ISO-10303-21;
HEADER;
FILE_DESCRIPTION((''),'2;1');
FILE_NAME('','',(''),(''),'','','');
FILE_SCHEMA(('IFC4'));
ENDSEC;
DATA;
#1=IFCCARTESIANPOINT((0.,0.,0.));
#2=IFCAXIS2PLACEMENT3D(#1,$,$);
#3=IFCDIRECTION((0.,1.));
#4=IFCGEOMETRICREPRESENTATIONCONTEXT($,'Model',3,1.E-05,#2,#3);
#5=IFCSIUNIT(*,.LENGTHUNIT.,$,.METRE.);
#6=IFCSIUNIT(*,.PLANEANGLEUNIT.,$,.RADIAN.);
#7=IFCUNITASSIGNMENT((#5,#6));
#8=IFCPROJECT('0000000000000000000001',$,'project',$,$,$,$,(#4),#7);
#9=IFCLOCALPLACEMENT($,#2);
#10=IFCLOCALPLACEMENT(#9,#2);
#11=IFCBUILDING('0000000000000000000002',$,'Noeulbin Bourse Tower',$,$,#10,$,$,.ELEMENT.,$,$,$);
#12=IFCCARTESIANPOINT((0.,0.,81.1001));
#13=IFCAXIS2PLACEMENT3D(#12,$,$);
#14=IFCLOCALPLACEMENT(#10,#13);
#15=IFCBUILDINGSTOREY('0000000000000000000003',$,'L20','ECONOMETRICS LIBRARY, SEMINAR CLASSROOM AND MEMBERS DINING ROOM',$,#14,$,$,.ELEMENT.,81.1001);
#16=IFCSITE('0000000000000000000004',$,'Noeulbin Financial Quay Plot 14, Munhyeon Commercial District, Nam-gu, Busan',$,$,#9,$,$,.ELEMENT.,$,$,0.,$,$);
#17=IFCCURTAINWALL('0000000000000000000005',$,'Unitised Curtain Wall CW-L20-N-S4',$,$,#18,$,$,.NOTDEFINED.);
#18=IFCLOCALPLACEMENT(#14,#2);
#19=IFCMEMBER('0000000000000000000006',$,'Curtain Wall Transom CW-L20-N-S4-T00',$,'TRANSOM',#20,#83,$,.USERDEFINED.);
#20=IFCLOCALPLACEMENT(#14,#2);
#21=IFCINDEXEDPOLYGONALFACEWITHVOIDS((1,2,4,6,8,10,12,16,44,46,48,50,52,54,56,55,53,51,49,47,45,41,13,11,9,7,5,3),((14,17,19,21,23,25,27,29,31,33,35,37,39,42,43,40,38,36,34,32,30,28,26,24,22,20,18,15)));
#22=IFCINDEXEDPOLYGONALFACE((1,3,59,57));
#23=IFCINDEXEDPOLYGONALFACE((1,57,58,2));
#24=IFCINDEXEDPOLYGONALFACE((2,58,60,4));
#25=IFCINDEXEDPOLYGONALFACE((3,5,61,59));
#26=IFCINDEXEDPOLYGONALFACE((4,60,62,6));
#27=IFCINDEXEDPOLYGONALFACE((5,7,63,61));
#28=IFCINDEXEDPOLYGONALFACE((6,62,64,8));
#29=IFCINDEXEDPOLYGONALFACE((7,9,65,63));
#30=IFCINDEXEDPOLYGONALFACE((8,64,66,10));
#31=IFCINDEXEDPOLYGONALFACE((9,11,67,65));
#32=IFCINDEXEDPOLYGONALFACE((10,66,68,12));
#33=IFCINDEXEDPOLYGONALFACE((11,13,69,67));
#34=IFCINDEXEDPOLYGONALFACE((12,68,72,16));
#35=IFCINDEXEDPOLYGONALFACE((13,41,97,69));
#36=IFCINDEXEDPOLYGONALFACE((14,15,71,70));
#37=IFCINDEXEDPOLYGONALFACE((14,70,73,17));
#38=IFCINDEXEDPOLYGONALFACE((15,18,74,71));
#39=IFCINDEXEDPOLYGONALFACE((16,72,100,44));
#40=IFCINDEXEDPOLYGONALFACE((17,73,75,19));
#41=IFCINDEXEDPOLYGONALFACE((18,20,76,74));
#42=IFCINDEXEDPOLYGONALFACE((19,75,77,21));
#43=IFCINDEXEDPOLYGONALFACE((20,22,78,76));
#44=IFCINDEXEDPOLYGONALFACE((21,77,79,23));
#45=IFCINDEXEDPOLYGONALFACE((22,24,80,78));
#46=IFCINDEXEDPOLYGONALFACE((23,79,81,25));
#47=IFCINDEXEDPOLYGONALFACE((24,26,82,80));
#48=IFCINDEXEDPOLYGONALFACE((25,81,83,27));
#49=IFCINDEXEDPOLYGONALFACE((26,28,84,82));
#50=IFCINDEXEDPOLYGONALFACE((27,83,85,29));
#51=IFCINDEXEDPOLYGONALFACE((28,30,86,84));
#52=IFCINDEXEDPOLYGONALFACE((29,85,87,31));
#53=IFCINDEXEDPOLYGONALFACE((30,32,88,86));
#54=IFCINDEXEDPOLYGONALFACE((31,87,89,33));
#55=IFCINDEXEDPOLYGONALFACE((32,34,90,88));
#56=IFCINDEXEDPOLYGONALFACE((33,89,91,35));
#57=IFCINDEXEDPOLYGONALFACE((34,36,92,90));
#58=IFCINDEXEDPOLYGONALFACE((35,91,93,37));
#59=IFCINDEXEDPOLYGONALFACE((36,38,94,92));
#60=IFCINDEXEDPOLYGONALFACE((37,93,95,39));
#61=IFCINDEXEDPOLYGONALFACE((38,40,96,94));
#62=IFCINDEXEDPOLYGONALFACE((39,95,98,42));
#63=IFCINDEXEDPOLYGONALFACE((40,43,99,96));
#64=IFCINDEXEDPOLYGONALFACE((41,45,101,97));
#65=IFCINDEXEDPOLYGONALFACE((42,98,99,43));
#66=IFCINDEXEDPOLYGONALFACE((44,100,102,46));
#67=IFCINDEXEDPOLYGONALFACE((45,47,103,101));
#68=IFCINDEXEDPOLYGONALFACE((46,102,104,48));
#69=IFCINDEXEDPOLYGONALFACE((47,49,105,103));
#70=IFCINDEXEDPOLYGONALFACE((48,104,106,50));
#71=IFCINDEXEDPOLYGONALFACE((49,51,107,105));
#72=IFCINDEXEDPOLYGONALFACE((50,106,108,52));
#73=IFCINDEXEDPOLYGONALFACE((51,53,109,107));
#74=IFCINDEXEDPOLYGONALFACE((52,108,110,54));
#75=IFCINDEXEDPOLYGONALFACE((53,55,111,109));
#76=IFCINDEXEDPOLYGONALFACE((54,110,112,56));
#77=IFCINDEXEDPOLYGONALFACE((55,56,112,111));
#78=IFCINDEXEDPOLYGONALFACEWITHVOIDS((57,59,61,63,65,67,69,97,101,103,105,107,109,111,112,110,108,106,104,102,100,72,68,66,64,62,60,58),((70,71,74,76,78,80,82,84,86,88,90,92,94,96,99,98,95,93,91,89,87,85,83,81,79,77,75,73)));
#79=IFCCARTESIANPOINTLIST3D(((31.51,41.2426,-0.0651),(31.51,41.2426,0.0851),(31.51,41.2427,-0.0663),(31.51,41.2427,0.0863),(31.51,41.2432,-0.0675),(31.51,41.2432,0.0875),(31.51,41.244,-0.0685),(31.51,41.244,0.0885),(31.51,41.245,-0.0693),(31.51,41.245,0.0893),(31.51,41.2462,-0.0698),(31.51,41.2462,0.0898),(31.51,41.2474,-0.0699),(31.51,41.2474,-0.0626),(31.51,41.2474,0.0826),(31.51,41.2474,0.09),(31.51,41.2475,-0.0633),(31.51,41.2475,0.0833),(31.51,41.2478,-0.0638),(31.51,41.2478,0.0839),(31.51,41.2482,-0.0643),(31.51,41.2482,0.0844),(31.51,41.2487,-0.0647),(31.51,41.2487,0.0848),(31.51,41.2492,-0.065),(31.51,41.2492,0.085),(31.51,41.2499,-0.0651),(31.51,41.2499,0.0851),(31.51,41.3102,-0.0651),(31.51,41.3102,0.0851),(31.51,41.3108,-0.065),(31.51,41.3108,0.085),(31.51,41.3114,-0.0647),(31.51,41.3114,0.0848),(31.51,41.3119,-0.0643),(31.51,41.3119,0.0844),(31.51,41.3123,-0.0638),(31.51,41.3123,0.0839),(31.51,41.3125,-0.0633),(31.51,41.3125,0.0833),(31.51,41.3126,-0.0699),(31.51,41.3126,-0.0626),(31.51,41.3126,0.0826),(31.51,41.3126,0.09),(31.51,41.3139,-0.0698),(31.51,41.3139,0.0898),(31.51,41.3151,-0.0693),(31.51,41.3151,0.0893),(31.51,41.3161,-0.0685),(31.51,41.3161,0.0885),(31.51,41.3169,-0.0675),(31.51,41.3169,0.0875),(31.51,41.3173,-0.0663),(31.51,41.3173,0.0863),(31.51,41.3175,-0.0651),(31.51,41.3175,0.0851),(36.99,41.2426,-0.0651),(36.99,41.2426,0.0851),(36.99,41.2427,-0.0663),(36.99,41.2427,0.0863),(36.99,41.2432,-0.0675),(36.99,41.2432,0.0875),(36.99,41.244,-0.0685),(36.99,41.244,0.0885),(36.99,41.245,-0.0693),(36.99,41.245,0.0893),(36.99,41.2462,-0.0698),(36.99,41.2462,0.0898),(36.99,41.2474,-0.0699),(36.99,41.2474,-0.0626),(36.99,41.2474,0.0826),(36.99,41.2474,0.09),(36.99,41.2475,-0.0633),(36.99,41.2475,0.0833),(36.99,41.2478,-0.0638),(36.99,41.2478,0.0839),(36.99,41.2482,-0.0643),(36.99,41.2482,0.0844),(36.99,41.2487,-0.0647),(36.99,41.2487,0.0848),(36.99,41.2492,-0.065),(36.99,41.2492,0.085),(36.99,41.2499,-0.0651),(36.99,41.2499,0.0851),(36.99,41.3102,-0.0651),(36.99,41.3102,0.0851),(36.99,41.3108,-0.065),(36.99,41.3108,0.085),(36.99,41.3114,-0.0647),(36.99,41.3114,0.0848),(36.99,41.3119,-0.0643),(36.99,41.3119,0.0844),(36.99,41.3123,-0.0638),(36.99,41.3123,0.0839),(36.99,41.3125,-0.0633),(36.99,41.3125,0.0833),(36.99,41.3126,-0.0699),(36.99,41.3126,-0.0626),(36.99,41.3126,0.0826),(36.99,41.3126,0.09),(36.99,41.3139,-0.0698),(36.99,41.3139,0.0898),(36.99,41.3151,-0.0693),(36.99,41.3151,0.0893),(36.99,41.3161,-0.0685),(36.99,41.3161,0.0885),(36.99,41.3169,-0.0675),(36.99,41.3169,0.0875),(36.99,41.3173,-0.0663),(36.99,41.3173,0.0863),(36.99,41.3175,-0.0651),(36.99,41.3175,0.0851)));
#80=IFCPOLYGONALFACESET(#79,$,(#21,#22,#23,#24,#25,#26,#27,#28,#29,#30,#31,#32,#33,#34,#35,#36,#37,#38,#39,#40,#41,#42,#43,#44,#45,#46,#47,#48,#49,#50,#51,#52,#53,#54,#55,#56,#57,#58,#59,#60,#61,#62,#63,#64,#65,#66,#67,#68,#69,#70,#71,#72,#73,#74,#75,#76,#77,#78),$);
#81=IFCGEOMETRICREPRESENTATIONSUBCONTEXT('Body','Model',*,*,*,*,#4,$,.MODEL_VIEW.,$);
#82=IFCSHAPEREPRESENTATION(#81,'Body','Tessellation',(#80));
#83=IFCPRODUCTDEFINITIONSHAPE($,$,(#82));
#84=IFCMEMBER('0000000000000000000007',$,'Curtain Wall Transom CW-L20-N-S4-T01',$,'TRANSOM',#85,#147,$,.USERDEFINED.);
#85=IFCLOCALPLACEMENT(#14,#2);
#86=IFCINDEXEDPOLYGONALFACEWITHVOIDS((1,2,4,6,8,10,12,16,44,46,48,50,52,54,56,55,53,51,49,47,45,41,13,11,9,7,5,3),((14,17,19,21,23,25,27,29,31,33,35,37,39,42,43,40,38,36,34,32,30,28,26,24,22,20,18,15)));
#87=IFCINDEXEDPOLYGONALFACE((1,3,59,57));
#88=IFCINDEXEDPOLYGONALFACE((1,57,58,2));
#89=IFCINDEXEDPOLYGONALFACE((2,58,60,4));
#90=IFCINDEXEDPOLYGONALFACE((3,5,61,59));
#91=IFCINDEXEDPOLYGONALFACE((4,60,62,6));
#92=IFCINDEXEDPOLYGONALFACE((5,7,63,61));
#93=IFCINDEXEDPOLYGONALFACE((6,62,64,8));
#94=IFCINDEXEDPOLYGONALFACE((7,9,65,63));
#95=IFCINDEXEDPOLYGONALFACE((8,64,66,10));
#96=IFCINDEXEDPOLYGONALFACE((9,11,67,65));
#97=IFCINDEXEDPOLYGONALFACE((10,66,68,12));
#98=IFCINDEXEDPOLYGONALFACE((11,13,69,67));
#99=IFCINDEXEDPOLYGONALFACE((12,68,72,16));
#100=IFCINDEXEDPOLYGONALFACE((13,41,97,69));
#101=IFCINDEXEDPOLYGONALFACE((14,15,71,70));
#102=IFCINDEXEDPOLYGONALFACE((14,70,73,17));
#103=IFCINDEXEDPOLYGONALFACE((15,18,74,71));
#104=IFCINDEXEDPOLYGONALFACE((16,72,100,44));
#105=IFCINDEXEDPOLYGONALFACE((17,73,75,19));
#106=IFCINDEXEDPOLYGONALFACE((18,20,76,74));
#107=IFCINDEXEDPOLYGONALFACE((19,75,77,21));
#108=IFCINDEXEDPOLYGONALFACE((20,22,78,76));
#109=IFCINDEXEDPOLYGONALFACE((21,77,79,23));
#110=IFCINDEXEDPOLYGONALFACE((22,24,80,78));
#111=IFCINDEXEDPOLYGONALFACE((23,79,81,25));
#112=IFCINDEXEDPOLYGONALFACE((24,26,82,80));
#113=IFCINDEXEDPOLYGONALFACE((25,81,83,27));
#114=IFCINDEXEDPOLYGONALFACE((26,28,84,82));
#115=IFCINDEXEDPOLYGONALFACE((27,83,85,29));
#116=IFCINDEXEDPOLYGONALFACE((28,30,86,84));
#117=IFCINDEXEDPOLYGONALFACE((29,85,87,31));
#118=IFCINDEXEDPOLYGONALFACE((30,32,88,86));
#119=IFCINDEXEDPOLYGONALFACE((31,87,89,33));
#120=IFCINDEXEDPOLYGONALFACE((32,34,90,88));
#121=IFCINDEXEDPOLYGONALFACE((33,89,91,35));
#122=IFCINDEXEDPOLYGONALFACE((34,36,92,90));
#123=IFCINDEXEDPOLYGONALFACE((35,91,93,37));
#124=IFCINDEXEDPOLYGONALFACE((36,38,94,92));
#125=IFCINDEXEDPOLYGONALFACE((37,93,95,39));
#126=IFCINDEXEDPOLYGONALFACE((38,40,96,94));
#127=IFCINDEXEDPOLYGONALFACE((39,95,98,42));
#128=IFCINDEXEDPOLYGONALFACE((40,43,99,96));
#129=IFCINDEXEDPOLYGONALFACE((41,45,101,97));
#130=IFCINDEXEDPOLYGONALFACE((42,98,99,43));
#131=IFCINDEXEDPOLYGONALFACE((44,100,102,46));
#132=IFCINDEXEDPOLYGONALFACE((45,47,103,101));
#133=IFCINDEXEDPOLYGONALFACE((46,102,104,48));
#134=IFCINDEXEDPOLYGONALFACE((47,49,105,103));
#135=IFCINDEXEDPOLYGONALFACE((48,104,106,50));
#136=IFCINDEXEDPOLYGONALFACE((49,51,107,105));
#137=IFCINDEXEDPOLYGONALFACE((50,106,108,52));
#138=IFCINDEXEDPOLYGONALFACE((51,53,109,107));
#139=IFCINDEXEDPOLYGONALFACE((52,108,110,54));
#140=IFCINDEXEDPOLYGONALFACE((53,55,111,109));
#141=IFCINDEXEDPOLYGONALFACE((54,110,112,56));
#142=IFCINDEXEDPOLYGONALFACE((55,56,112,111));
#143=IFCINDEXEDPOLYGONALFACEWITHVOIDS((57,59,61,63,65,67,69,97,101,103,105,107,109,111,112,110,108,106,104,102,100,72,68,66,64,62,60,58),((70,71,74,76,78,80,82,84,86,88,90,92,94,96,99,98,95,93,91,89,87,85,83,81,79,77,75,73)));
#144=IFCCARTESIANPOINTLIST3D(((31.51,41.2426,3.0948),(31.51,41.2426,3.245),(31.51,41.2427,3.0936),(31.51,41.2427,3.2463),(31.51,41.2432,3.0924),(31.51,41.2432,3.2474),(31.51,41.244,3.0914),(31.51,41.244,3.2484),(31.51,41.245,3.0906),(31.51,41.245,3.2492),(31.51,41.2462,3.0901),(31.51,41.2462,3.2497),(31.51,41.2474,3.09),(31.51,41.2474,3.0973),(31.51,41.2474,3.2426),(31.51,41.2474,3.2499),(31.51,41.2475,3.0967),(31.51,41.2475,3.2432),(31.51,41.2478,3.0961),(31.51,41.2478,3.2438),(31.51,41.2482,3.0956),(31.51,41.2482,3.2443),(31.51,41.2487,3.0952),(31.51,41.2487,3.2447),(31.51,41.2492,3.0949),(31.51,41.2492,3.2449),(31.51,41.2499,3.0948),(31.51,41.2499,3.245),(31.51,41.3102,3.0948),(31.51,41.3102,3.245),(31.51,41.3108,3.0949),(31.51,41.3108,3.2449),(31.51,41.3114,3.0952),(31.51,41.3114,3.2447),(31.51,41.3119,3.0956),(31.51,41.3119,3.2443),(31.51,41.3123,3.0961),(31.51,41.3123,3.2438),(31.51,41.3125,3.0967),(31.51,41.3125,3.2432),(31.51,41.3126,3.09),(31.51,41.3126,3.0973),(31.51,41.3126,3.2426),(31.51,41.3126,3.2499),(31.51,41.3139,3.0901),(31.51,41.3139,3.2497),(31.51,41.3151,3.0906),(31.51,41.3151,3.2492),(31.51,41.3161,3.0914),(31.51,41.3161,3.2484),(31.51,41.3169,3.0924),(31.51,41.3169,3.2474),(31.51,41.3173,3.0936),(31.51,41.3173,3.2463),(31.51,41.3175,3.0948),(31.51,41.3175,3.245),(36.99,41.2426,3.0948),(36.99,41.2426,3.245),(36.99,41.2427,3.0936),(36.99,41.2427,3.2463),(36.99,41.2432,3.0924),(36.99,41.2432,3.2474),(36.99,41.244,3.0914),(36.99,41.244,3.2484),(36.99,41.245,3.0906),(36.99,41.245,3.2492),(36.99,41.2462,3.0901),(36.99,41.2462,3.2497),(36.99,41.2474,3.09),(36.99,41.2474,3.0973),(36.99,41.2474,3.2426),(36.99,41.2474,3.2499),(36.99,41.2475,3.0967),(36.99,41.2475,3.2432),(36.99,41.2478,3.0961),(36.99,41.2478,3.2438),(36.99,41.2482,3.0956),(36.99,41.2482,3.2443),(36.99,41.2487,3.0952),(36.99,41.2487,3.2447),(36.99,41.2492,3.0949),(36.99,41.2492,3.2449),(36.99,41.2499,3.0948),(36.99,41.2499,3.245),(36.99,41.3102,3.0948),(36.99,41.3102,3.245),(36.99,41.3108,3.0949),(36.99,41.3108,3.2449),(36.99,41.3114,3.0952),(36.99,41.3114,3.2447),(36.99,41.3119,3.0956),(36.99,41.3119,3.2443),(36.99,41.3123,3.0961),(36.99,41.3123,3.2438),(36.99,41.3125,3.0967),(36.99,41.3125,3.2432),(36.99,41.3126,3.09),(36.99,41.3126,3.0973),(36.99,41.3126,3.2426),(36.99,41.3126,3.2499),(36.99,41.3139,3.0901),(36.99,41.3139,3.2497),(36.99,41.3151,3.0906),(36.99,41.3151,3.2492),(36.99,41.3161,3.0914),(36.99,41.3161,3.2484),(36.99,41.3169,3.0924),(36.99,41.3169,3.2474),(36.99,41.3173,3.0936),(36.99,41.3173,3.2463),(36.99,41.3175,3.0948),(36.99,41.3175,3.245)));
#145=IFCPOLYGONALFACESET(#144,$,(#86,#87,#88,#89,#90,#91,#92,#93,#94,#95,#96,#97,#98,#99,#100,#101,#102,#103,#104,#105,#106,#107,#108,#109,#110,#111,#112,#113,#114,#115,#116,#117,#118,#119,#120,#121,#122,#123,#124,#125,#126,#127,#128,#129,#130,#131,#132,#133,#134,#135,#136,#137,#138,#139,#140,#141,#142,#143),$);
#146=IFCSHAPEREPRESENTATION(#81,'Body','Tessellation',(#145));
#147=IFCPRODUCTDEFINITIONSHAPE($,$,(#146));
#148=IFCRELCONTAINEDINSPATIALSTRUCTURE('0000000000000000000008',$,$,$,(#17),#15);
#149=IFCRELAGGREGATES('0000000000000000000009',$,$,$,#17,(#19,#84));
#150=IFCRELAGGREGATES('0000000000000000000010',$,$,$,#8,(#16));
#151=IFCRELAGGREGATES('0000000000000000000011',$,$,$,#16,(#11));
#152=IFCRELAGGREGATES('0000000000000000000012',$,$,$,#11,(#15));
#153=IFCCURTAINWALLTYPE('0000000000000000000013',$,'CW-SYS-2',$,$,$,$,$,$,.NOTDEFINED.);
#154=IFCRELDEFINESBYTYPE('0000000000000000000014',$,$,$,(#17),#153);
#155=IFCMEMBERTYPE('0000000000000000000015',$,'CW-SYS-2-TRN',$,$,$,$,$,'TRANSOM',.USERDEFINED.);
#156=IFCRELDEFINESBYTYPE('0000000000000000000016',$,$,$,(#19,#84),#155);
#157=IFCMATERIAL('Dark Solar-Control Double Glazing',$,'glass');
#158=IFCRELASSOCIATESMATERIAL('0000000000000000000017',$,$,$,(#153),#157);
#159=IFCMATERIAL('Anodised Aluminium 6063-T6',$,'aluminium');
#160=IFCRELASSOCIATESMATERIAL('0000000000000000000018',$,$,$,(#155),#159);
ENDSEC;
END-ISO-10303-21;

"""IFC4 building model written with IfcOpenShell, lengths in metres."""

from ifc_helpers import new_model, si_unit, direction, frame, origin, origin_2d, place, context, subcontext, project, spatial, hollow_rectangle, extrude, material, material_profile, profile_set, type_object, element, aggregate, save


model = new_model("IFC4")

# Units and contexts
model_context = context("Model", 3, precision=1e-05, world=origin(), true_north=direction((0.0, 1.0)))
body_context = subcontext(model_context, "Body", "Model", "MODEL_VIEW")
ifc_project = project(units=[si_unit("LENGTHUNIT", "METRE"), si_unit("PLANEANGLEUNIT", "RADIAN")], contexts=[model_context])

# Site, building, storey
site_placement = place(None, origin())
site = spatial("IfcSite", under=ifc_project, at=site_placement, Name="Noeulbin Financial Quay Plot 14, Munhyeon Commercial District, Nam-gu, Busan", CompositionType="ELEMENT", RefElevation=0.0)
building_placement = place(site_placement, origin())
building = spatial("IfcBuilding", under=site, at=building_placement, Name="Noeulbin Bourse Tower", CompositionType="ELEMENT")
storey_placement = place(building_placement, frame((0.0, 0.0, 81.1001)))
storey = spatial("IfcBuildingStorey", under=building, at=storey_placement, Name="L20", Description="ECONOMETRICS LIBRARY, SEMINAR CLASSROOM AND MEMBERS DINING ROOM", CompositionType="ELEMENT", Elevation=81.1001)

# Shared definitions
ifc_material_1 = material(Name="Dark Solar-Control Double Glazing", Category="glass")
curtain_wall_type = type_object("IfcCurtainWallType", Name="CW-SYS-2", PredefinedType="NOTDEFINED", material=ifc_material_1)
ifc_material_2 = material(Name="Anodised Aluminium 6063-T6", Category="aluminium")

# Curtain wall
curtain_wall_1_placement = place(storey_placement, origin())
curtain_wall_1 = element("IfcCurtainWall", 1, at=curtain_wall_1_placement, inside=storey, type_object=curtain_wall_type, Name="Unitised Curtain Wall CW-L20-N-S4", PredefinedType="NOTDEFINED")

# Members
ifc_material_profile_1 = material_profile(ifc_material_2, hollow_rectangle(XDim=0.075, YDim=0.1599, WallThickness=0.0049, InnerFilletRadius=0.0024, OuterFilletRadius=0.0049, at=origin_2d()), Name="ALU-TRAN-75x160x5", Category="LoadBearing")
ifc_profile_set_1 = profile_set([ifc_material_profile_1], Name="Anodised Aluminium 6063-T6")
member_type_1 = type_object("IfcMemberType", Name="CW-SYS-2-TRN", ElementType="TRANSOM", PredefinedType="USERDEFINED", material=ifc_profile_set_1)
member_1_placement = place(storey_placement, frame((31.51, 41.28, 0.01), z_axis=(1.0, 0.0, 0.0), x_axis=(0.0, 1.0, 0.0)))
member_1 = element("IfcMember", 2, at=member_1_placement, type_object=member_type_1, Name="Curtain Wall Transom CW-L20-N-S4-T00", ObjectType="TRANSOM", PredefinedType="USERDEFINED", context=body_context, shape_type="SweptSolid", body=[
    extrude(hollow_rectangle(XDim=0.075, YDim=0.1599, WallThickness=0.0049, InnerFilletRadius=0.0024, OuterFilletRadius=0.0049, at=origin_2d()), origin(), (0.0, 0.0, 1.0), 5.48),
])
member_2_placement = place(storey_placement, frame((31.51, 41.28, 3.1699), z_axis=(1.0, 0.0, 0.0), x_axis=(0.0, 1.0, 0.0)))
member_2 = element("IfcMember", 3, at=member_2_placement, type_object=member_type_1, Name="Curtain Wall Transom CW-L20-N-S4-T01", ObjectType="TRANSOM", PredefinedType="USERDEFINED", context=body_context, shape_type="SweptSolid", body=[
    extrude(hollow_rectangle(XDim=0.075, YDim=0.1599, WallThickness=0.0049, InnerFilletRadius=0.0024, OuterFilletRadius=0.0049, at=origin_2d()), origin(), (0.0, 0.0, 1.0), 5.48),
])

aggregate(curtain_wall_1, [member_1, member_2])

save(model, "model.ifc")
